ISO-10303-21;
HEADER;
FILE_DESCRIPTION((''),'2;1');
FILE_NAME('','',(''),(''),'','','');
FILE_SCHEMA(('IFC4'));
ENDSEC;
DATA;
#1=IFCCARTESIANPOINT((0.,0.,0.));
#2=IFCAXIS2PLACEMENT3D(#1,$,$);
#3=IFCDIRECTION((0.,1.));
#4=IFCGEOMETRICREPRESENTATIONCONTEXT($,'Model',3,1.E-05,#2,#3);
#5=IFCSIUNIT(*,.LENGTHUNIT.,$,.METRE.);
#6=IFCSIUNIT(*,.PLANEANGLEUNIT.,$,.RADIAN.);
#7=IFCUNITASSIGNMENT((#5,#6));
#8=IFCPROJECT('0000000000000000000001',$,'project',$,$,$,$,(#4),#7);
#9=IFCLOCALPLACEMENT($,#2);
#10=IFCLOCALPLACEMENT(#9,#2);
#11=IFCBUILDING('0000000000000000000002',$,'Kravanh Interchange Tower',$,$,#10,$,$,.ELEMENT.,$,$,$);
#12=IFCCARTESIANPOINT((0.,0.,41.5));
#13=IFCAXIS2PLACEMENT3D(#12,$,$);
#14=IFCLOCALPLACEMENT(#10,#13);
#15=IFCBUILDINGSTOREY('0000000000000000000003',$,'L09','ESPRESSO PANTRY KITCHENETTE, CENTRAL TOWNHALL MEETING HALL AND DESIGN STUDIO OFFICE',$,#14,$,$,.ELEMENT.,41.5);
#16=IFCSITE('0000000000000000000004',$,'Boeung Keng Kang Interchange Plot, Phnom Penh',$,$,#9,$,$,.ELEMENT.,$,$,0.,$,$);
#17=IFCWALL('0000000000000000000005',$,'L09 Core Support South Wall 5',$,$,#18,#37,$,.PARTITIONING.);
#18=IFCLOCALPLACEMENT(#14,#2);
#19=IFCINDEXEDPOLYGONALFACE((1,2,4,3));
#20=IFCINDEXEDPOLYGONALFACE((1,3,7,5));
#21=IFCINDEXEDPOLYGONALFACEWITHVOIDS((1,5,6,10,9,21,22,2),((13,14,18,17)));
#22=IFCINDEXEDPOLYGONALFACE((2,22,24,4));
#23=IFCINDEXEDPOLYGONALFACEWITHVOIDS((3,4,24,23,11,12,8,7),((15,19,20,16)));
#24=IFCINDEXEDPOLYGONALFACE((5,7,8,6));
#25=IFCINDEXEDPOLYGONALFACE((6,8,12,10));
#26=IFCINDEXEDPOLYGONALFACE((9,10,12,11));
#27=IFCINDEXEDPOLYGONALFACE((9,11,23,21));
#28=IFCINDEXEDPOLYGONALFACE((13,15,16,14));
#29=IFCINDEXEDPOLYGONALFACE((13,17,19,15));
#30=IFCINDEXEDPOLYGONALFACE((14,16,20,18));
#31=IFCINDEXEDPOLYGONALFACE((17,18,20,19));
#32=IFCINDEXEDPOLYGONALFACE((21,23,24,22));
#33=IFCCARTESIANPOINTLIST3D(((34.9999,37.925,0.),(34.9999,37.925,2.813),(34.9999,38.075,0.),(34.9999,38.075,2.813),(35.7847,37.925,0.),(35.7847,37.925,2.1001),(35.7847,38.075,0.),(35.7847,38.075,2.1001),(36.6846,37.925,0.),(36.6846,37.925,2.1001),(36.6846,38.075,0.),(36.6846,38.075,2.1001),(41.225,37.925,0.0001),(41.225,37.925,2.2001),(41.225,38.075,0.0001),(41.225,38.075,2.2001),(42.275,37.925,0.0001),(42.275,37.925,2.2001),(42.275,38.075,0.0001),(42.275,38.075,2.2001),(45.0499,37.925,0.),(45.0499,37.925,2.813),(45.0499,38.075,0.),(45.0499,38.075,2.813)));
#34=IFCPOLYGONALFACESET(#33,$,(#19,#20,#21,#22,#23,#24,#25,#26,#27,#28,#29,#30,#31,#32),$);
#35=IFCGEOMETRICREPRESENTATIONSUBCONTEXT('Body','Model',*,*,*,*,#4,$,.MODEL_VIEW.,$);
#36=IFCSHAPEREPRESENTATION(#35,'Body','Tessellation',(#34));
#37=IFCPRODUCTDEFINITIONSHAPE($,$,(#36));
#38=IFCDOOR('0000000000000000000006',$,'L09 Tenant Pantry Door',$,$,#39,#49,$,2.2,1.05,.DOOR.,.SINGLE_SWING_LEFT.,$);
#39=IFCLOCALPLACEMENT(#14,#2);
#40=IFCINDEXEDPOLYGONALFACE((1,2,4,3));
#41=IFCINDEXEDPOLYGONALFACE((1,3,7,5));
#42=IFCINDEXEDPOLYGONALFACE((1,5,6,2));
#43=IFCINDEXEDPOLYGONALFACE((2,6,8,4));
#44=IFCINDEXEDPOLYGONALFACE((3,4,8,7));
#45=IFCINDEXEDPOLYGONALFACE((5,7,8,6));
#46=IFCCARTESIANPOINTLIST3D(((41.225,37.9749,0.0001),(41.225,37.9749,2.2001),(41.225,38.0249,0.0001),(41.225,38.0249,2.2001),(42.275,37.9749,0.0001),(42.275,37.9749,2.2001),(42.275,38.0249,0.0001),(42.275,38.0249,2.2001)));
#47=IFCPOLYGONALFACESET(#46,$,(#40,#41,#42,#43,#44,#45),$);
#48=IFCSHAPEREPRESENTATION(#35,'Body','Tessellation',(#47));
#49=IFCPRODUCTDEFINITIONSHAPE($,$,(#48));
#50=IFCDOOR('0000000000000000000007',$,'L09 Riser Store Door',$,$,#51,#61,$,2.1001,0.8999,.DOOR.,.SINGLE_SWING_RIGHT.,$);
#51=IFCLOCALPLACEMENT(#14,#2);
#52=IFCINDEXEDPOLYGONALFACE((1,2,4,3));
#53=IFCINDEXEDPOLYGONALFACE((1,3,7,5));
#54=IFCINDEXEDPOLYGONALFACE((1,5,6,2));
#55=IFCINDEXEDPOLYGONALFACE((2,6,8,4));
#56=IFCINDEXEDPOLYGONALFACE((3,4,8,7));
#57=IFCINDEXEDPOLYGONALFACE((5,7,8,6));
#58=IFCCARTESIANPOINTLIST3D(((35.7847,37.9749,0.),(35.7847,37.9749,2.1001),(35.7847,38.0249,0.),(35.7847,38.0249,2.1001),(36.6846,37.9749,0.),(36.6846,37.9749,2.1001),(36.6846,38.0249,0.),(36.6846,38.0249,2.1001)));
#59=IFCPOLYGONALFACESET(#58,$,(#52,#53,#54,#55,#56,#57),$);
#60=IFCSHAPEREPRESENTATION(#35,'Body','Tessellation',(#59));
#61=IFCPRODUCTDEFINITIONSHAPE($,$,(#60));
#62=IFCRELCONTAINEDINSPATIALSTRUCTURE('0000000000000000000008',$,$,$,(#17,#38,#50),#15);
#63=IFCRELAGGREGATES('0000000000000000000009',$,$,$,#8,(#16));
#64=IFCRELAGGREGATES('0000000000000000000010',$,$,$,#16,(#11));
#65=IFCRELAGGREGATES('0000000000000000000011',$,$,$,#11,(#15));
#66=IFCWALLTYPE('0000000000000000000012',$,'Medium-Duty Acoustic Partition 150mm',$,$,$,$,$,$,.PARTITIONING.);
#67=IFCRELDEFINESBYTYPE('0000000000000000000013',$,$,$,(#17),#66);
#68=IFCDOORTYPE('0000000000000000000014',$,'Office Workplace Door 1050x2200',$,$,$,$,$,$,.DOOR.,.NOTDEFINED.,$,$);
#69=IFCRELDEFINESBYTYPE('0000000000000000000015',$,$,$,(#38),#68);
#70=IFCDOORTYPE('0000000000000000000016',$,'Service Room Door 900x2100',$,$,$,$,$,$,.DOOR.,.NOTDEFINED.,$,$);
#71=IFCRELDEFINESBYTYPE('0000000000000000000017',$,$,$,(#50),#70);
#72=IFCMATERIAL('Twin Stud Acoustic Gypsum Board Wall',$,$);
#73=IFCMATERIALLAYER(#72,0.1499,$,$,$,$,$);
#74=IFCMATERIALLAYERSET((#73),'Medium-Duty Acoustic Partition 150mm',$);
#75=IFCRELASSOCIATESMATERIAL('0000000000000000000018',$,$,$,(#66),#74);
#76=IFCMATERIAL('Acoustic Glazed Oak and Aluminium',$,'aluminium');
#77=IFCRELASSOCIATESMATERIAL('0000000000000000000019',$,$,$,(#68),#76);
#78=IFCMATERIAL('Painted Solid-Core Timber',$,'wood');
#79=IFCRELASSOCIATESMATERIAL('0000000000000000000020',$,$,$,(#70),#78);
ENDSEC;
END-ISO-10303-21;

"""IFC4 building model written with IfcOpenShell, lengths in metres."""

from ifc_helpers import new_model, si_unit, direction, frame, frame_2d, origin, place, context, subcontext, project, spatial, rectangle, extrude, material, layer, layer_set, type_object, element, fill, save


model = new_model("IFC4")

# Units and contexts
model_context = context("Model", 3, precision=1e-05, world=origin(), true_north=direction((0.0, 1.0)))
body_context = subcontext(model_context, "Body", "Model", "MODEL_VIEW")
ifc_project = project(units=[si_unit("LENGTHUNIT", "METRE"), si_unit("PLANEANGLEUNIT", "RADIAN")], contexts=[model_context])

# Site, building, storey
site_placement = place(None, origin())
site = spatial("IfcSite", under=ifc_project, at=site_placement, Name="Boeung Keng Kang Interchange Plot, Phnom Penh", CompositionType="ELEMENT", RefElevation=0.0)
building_placement = place(site_placement, origin())
building = spatial("IfcBuilding", under=site, at=building_placement, Name="Kravanh Interchange Tower", CompositionType="ELEMENT")
storey_placement = place(building_placement, frame((0.0, 0.0, 41.5)))
storey = spatial("IfcBuildingStorey", under=building, at=storey_placement, Name="L09", Description="ESPRESSO PANTRY KITCHENETTE, CENTRAL TOWNHALL MEETING HALL AND DESIGN STUDIO OFFICE", CompositionType="ELEMENT", Elevation=41.5)

# Wall, openings, doors
ifc_material_1 = material(Name="Twin Stud Acoustic Gypsum Board Wall")
ifc_layer_1 = layer(ifc_material_1, 0.1499)
ifc_layer_set_1 = layer_set([ifc_layer_1], Name="Medium-Duty Acoustic Partition 150mm")
wall_type_1 = type_object("IfcWallType", Name="Medium-Duty Acoustic Partition 150mm", PredefinedType="PARTITIONING", material=ifc_layer_set_1)
wall_1_placement = place(storey_placement, frame((35.0, 38.0, 0.0), z_axis=(0.0, 0.0, 1.0), x_axis=(1.0, 0.0, 0.0)))
wall_1 = element("IfcWall", 1, at=wall_1_placement, inside=storey, type_object=wall_type_1, Name="L09 Core Support South Wall 5", PredefinedType="PARTITIONING", context=body_context, shape_type="SweptSolid", body=[
    extrude(rectangle(XDim=10.05, YDim=0.1499, at=frame_2d((5.0249, 0.0))), origin(), (0.0, 0.0, 1.0), 2.813),
])
opening_1_placement = place(wall_1_placement, frame((0.7847, 0.0, 0.0)))
opening_1 = element("IfcOpeningElement", 2, at=opening_1_placement, cuts=wall_1, PredefinedType="OPENING", context=body_context, shape_type="SweptSolid", body=[
    extrude(rectangle(XDim=0.8999, YDim=2.1001, at=frame_2d((0.45, 1.05))), frame((0.0, 0.085, 0.0), z_axis=(0.0, -1.0, 0.0), x_axis=(1.0, 0.0, 0.0)), (0.0, 0.0, 1.0), 0.1699),
])
opening_2_placement = place(wall_1_placement, frame((6.2251, 0.0, 0.0)))
opening_2 = element("IfcOpeningElement", 3, at=opening_2_placement, cuts=wall_1, PredefinedType="OPENING", context=body_context, shape_type="SweptSolid", body=[
    extrude(rectangle(XDim=1.05, YDim=2.2, at=frame_2d((0.5249, 1.1001))), frame((0.0, 0.085, 0.0), z_axis=(0.0, -1.0, 0.0), x_axis=(1.0, 0.0, 0.0)), (0.0, 0.0, 1.0), 0.1699),
])
ifc_material_2 = material(Name="Acoustic Glazed Oak and Aluminium", Category="aluminium")
door_type_1 = type_object("IfcDoorType", Name="Office Workplace Door 1050x2200", OperationType="NOTDEFINED", PredefinedType="DOOR", material=ifc_material_2)
door_1_placement = place(opening_2_placement, origin())
door_1 = element("IfcDoor", 4, at=door_1_placement, inside=storey, type_object=door_type_1, Name="L09 Tenant Pantry Door", OperationType="SINGLE_SWING_LEFT", OverallHeight=2.2, OverallWidth=1.05, PredefinedType="DOOR", context=body_context, shape_type="SweptSolid", body=[
    extrude(rectangle(XDim=1.05, YDim=2.2, at=frame_2d((0.5249, 1.1001))), frame((0.0, 0.0249, 0.0), z_axis=(0.0, -1.0, 0.0), x_axis=(1.0, 0.0, 0.0)), (0.0, 0.0, 1.0), 0.05),
])
fill(opening_2, door_1)
ifc_material_3 = material(Name="Painted Solid-Core Timber", Category="wood")
door_type_2 = type_object("IfcDoorType", Name="Service Room Door 900x2100", OperationType="NOTDEFINED", PredefinedType="DOOR", material=ifc_material_3)
door_2_placement = place(opening_1_placement, origin())
door_2 = element("IfcDoor", 5, at=door_2_placement, inside=storey, type_object=door_type_2, Name="L09 Riser Store Door", OperationType="SINGLE_SWING_RIGHT", OverallHeight=2.1001, OverallWidth=0.8999, PredefinedType="DOOR", context=body_context, shape_type="SweptSolid", body=[
    extrude(rectangle(XDim=0.8999, YDim=2.1001, at=frame_2d((0.45, 1.05))), frame((0.0, 0.0249, 0.0), z_axis=(0.0, -1.0, 0.0), x_axis=(1.0, 0.0, 0.0)), (0.0, 0.0, 1.0), 0.05),
])
fill(opening_1, door_2)

save(model, "model.ifc")
